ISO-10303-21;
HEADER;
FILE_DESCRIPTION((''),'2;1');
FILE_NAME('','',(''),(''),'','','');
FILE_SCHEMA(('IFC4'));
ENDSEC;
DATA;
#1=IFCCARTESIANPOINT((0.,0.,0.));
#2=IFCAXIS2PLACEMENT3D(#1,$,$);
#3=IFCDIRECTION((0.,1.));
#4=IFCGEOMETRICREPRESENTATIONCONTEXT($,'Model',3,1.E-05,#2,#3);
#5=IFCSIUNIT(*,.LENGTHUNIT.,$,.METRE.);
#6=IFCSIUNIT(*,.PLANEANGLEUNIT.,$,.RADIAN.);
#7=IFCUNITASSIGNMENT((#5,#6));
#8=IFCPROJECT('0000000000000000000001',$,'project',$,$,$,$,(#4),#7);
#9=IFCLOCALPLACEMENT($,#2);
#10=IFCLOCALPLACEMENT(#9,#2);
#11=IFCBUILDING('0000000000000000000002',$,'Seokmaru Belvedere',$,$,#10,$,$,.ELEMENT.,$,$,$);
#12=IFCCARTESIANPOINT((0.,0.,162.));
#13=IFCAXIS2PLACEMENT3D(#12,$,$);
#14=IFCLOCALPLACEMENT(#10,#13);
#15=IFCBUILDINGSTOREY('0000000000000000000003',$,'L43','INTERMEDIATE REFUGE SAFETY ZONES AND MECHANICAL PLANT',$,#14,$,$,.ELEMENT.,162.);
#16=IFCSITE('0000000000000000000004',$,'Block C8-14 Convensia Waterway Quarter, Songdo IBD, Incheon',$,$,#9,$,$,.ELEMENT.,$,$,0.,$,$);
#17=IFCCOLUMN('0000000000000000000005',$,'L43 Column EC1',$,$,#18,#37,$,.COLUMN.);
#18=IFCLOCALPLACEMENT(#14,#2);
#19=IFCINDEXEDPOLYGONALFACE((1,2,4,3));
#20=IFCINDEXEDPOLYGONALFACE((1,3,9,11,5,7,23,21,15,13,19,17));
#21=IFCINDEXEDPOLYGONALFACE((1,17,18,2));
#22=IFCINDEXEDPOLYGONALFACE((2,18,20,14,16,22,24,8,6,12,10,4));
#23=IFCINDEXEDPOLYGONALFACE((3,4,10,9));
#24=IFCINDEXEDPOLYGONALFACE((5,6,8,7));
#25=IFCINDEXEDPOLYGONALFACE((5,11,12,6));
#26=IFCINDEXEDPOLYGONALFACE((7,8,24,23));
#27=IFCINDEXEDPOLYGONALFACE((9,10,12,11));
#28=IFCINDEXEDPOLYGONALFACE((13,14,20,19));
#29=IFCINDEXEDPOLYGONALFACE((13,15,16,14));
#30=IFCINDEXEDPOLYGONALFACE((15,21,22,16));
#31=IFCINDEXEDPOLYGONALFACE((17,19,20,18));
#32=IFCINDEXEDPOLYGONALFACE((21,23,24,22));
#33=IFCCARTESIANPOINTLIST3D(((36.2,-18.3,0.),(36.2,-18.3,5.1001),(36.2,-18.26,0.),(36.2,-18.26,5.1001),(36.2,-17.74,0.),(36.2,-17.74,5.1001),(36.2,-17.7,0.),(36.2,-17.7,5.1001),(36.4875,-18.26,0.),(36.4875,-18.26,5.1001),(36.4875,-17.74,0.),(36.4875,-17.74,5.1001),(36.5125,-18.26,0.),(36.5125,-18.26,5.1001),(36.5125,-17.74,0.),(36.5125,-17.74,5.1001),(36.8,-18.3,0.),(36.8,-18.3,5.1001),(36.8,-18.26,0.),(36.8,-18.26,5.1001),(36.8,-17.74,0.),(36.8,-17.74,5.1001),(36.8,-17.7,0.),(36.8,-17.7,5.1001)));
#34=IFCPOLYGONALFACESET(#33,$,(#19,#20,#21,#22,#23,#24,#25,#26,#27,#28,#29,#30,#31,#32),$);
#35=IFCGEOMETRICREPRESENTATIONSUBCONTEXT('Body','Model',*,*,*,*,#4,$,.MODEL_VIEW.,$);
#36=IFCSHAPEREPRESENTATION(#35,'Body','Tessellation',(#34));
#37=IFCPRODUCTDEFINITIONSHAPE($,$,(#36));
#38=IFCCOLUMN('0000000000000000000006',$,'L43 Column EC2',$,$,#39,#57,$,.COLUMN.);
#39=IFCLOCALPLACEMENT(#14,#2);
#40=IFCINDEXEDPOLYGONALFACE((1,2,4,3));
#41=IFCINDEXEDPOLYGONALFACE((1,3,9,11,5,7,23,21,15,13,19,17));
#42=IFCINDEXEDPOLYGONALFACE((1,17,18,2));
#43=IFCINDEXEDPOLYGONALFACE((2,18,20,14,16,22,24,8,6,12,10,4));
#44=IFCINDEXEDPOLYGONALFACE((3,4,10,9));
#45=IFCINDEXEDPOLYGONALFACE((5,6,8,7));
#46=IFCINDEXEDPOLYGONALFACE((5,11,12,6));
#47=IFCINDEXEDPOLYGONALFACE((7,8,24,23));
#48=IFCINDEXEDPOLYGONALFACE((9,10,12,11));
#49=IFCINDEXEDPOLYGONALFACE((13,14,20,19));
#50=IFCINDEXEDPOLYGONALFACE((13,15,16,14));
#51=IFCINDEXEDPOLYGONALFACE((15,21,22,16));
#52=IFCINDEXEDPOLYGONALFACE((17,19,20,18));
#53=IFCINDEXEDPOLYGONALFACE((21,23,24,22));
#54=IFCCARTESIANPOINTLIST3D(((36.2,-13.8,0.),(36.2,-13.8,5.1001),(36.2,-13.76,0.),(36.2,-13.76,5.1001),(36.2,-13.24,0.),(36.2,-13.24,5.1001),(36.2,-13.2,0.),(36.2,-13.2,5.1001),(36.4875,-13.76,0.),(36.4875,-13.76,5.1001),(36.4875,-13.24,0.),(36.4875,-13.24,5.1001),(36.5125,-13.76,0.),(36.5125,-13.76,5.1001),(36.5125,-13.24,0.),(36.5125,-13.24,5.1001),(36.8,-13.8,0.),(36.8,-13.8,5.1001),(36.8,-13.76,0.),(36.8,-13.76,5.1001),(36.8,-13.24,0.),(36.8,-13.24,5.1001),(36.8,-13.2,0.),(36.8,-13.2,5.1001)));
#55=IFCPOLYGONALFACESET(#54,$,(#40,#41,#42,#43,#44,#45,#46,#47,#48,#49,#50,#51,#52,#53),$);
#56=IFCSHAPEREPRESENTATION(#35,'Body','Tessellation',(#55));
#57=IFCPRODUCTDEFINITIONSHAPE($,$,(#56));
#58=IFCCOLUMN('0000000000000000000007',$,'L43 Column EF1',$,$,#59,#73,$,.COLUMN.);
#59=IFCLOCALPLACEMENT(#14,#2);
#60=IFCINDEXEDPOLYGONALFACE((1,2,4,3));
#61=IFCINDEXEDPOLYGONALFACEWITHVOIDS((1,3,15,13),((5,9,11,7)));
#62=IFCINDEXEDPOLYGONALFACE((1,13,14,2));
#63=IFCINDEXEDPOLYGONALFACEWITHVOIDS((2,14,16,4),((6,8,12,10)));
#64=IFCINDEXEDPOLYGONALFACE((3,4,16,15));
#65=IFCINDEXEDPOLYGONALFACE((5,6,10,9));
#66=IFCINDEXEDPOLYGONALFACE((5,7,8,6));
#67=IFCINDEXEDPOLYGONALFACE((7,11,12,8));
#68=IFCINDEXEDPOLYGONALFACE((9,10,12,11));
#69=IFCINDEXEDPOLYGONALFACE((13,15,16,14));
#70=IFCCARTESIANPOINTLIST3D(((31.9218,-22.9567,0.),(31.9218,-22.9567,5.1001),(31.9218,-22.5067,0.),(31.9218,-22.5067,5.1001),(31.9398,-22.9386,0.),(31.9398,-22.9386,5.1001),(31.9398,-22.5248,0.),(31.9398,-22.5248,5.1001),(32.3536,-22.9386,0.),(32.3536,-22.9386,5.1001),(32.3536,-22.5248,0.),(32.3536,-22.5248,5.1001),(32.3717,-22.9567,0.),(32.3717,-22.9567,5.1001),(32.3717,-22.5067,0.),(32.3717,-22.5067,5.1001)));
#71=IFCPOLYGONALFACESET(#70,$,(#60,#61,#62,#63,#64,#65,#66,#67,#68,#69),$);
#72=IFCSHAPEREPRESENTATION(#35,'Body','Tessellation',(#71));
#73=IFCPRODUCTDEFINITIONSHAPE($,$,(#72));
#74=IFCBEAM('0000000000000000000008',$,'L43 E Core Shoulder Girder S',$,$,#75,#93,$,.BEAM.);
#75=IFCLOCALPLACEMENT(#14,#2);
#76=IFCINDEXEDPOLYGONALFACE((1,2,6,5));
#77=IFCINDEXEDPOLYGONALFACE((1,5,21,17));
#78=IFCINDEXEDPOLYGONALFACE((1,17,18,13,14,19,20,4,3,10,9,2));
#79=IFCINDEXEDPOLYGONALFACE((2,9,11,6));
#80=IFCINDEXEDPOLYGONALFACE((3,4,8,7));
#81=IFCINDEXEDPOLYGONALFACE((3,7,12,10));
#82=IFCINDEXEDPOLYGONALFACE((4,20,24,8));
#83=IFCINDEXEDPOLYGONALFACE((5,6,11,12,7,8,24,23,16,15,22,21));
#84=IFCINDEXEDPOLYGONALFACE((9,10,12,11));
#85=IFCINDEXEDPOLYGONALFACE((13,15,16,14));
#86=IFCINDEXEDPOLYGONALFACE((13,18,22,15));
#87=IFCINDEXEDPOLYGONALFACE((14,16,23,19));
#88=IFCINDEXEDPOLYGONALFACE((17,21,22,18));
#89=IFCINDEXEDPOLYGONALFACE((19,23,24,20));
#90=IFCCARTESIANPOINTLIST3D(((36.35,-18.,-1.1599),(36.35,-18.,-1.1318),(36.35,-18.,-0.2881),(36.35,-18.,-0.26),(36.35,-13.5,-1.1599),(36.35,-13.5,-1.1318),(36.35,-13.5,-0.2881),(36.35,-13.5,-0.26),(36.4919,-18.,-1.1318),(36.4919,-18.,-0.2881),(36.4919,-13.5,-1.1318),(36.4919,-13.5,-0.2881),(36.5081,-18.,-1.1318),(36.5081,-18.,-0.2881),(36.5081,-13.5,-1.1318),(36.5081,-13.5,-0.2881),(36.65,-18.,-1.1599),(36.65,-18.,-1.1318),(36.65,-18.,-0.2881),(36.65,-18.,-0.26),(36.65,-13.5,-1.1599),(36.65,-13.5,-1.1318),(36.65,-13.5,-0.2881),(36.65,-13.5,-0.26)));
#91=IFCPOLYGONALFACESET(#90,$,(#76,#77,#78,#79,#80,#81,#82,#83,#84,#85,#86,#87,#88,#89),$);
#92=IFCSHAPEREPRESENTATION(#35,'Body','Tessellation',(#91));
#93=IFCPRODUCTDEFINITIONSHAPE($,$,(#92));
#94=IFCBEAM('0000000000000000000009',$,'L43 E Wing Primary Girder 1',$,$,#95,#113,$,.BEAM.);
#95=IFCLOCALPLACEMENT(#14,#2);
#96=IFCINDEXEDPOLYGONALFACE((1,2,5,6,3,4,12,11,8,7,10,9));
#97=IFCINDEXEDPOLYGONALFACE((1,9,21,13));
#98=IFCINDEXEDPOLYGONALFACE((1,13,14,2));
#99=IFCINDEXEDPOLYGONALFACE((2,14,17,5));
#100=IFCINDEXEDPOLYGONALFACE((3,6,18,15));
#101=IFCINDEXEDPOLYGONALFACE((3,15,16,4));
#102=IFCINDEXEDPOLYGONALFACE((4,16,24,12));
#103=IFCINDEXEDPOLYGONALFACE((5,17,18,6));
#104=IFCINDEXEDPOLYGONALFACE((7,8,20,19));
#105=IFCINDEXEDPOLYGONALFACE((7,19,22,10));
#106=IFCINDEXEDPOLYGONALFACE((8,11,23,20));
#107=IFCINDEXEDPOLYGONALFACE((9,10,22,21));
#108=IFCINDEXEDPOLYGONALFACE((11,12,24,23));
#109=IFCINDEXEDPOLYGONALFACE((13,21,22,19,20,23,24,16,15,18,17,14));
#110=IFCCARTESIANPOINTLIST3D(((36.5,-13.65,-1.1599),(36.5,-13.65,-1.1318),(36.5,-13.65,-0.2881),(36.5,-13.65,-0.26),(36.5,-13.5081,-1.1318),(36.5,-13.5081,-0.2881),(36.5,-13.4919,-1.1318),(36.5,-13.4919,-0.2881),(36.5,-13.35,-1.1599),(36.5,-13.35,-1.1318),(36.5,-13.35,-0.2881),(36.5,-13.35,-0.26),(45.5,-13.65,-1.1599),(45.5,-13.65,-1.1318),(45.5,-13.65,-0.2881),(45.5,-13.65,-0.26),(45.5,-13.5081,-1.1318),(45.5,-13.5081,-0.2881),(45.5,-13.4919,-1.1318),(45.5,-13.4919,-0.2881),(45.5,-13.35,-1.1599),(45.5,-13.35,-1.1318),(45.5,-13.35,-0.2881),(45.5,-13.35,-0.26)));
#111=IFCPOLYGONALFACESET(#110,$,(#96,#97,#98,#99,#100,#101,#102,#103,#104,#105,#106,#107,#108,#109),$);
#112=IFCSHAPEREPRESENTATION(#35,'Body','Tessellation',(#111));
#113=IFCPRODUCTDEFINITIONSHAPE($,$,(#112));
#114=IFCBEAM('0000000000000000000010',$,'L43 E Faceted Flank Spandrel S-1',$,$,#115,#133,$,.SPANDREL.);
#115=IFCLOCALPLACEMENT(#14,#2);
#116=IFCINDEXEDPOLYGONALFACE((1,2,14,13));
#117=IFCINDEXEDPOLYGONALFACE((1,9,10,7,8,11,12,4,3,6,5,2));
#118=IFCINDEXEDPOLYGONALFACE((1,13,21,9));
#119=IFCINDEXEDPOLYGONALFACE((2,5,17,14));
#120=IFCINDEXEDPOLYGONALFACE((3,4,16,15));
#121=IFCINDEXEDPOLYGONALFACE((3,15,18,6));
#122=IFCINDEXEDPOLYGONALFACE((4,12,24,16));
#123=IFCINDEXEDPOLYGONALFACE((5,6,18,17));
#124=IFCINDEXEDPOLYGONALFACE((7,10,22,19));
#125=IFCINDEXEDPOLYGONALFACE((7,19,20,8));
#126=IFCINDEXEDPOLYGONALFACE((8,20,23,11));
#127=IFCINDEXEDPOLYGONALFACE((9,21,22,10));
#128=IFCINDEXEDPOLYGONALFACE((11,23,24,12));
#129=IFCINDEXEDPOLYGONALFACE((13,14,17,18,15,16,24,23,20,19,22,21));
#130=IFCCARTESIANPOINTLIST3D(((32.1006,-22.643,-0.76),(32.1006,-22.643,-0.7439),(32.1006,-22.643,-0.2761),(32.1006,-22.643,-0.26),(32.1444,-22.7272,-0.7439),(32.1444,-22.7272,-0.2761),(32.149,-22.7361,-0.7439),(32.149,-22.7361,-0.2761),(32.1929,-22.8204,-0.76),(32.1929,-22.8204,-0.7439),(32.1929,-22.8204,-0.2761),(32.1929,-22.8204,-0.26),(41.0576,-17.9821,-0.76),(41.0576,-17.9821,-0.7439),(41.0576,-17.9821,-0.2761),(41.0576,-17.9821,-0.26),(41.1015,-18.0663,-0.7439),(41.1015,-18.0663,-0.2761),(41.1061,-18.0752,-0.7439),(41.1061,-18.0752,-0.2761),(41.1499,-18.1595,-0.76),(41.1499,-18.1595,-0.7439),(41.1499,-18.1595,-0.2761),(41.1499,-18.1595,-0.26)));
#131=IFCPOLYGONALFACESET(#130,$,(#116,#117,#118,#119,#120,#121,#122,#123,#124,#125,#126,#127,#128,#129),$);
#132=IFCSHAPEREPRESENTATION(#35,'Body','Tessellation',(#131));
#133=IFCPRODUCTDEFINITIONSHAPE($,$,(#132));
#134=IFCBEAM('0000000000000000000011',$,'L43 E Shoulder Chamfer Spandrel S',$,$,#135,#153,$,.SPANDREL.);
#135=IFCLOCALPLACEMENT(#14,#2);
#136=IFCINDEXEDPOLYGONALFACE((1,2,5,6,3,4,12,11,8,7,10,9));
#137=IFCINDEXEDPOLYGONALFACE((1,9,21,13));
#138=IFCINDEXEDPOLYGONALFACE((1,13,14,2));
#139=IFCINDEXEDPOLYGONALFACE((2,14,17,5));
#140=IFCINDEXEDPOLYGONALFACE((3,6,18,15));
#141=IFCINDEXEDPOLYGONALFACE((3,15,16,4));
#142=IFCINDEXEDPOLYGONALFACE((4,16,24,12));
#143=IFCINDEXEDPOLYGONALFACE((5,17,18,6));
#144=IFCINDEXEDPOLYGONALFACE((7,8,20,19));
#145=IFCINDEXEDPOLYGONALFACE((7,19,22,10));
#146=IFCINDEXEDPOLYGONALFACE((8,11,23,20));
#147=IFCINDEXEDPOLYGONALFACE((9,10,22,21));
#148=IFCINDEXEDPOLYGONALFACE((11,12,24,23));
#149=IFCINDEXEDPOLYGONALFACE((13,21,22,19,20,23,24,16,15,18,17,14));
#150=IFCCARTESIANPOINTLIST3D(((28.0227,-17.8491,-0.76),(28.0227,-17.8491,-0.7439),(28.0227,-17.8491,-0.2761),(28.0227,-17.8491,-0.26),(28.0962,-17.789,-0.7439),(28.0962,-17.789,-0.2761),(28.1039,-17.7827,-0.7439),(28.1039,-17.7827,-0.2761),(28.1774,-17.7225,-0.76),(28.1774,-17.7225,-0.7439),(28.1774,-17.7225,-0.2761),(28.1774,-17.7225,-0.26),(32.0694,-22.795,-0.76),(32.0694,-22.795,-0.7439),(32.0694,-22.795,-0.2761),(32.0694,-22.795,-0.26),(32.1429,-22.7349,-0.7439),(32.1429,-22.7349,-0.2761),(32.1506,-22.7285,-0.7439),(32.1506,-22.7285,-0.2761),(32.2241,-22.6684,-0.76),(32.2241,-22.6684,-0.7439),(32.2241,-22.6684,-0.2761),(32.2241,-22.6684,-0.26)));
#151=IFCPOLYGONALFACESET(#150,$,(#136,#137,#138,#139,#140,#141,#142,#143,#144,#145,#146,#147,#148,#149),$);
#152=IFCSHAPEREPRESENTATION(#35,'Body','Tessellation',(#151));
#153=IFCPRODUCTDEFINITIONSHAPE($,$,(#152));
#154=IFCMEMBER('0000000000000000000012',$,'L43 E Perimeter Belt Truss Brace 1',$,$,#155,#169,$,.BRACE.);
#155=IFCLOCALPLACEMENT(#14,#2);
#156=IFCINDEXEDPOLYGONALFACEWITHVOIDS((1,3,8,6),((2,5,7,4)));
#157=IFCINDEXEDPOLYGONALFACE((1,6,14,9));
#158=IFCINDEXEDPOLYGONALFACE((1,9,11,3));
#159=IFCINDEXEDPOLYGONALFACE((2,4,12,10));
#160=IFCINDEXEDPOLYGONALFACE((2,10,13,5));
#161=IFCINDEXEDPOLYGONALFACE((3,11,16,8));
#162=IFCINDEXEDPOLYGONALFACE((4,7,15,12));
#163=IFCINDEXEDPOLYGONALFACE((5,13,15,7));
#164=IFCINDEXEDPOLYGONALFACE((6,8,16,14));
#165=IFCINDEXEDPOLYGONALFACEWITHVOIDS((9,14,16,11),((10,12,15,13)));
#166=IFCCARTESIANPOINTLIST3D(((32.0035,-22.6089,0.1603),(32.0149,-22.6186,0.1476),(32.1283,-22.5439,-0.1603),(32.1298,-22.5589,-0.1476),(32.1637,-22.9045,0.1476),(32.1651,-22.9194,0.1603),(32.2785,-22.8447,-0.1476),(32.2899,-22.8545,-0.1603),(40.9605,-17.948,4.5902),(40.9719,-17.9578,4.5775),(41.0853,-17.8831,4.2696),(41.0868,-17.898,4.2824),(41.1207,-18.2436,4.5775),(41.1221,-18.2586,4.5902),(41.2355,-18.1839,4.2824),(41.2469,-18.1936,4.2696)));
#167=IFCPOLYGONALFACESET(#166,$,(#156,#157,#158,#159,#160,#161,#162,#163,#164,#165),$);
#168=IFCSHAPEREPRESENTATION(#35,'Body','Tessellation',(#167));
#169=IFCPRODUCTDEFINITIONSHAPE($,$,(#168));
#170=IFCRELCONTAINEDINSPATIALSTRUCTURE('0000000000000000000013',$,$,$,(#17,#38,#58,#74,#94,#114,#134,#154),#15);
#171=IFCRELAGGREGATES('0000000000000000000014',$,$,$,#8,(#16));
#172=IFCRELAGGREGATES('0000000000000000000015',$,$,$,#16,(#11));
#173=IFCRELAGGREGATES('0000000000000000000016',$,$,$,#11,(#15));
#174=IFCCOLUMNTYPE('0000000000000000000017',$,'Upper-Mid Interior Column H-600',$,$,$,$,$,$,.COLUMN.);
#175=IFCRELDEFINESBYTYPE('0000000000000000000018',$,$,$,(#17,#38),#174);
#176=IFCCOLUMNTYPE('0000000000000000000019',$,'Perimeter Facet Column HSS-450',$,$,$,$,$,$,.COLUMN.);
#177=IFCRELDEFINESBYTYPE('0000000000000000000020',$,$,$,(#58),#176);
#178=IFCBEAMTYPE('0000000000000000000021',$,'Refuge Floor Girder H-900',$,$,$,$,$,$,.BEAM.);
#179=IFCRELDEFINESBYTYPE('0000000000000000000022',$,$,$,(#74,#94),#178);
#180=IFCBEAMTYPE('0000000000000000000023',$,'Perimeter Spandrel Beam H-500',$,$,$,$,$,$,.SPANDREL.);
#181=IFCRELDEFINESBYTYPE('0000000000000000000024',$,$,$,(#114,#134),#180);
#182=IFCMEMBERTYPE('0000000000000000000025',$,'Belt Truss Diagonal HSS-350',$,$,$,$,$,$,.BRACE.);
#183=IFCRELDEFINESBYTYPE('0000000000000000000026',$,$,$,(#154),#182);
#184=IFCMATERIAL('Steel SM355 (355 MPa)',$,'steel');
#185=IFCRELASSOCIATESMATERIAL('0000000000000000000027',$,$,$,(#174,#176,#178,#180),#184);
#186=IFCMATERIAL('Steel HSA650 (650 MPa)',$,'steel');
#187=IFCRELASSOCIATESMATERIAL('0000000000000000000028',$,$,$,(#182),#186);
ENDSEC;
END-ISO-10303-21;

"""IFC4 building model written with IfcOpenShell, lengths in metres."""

from ifc_helpers import new_model, si_unit, direction, frame, origin, origin_2d, place, context, subcontext, project, spatial, hollow_rectangle, i_section, extrude, source, transform, mapped, material, material_profile, profile_set, type_object, type_shapes, element, save


model = new_model("IFC4")

# Units and contexts
model_context = context("Model", 3, precision=1e-05, world=origin(), true_north=direction((0.0, 1.0)))
body_context = subcontext(model_context, "Body", "Model", "MODEL_VIEW")
ifc_project = project(units=[si_unit("LENGTHUNIT", "METRE"), si_unit("PLANEANGLEUNIT", "RADIAN")], contexts=[model_context])

# Site, building, storey
site_placement = place(None, origin())
site = spatial("IfcSite", under=ifc_project, at=site_placement, Name="Block C8-14 Convensia Waterway Quarter, Songdo IBD, Incheon", CompositionType="ELEMENT", RefElevation=0.0)
building_placement = place(site_placement, origin())
building = spatial("IfcBuilding", under=site, at=building_placement, Name="Seokmaru Belvedere", CompositionType="ELEMENT")
storey_placement = place(building_placement, frame((0.0, 0.0, 162.0)))
storey = spatial("IfcBuildingStorey", under=building, at=storey_placement, Name="L43", Description="INTERMEDIATE REFUGE SAFETY ZONES AND MECHANICAL PLANT", CompositionType="ELEMENT", Elevation=162.0)

# Columns
ifc_material_1 = material(Name="Steel SM355 (355 MPa)", Category="steel")
ifc_material_profile_1 = material_profile(ifc_material_1, i_section(OverallWidth=0.6001, OverallDepth=0.6001, WebThickness=0.0249, FlangeThickness=0.04, at=origin_2d()), Name="H-600x600x25x40")
ifc_profile_set_1 = profile_set([ifc_material_profile_1], Name="Steel SM355 (355 MPa)")
column_type_1 = type_object("IfcColumnType", Name="Upper-Mid Interior Column H-600", PredefinedType="COLUMN", material=ifc_profile_set_1)
shared_shape_1 = source(origin(), body_context, "Body", "SweptSolid", [
    extrude(i_section(OverallWidth=0.6001, OverallDepth=0.6001, WebThickness=0.0249, FlangeThickness=0.04, at=origin_2d()), origin(), (0.0, 0.0, 1.0), 5.1001),
])
type_shapes(column_type_1, [shared_shape_1])
for number, where, z_axis, x_axis, name in (
    (1, (36.5, -18.0, 0.0), (0.0, 0.0, 1.0), (1.0, 0.0, 0.0), "L43 Column EC1"),
    (2, (36.5, -13.5, 0.0), (0.0, 0.0, 1.0), (1.0, 0.0, 0.0), "L43 Column EC2"),
):
    element("IfcColumn", number, at=place(storey_placement, frame(where, z_axis=z_axis, x_axis=x_axis)), inside=storey, type_object=column_type_1, Name=name, PredefinedType="COLUMN", context=body_context, shape_type="MappedRepresentation", body=[
        mapped(shared_shape_1, transform((0.0, 0.0, 0.0), scale=1.0)),
    ])
ifc_material_profile_2 = material_profile(ifc_material_1, hollow_rectangle(XDim=0.45, YDim=0.45, WallThickness=0.0181, at=origin_2d()), Name="HSS-450x450x18")
ifc_profile_set_2 = profile_set([ifc_material_profile_2], Name="Steel SM355 (355 MPa)")
column_type_2 = type_object("IfcColumnType", Name="Perimeter Facet Column HSS-450", PredefinedType="COLUMN", material=ifc_profile_set_2)
shared_shape_2 = source(origin(), body_context, "Body", "SweptSolid", [
    extrude(hollow_rectangle(XDim=0.45, YDim=0.45, WallThickness=0.0181, at=origin_2d()), origin(), (0.0, 0.0, 1.0), 5.1001),
])
type_shapes(column_type_2, [shared_shape_2])
column_placement = place(storey_placement, frame((32.1467, -22.7317, 0.0), z_axis=(0.0, 0.0, 1.0), x_axis=(1.0, 0.0, 0.0)))
element("IfcColumn", 3, at=column_placement, inside=storey, type_object=column_type_2, Name="L43 Column EF1", PredefinedType="COLUMN", context=body_context, shape_type="MappedRepresentation", body=[
    mapped(shared_shape_2, transform((0.0, 0.0, 0.0), scale=1.0)),
])

# Beams
ifc_material_profile_3 = material_profile(ifc_material_1, i_section(OverallWidth=0.3, OverallDepth=0.8999, WebThickness=0.0161, FlangeThickness=0.0281, at=origin_2d()), Name="H-900x300x16x28")
ifc_profile_set_3 = profile_set([ifc_material_profile_3], Name="Steel SM355 (355 MPa)")
beam_type_1 = type_object("IfcBeamType", Name="Refuge Floor Girder H-900", PredefinedType="BEAM", material=ifc_profile_set_3)
shared_shape_3 = source(origin(), body_context, "Body", "SweptSolid", [
    extrude(i_section(OverallWidth=0.3, OverallDepth=0.8999, WebThickness=0.0161, FlangeThickness=0.0281, at=origin_2d()), origin(), (0.0, 0.0, 1.0), 4.5),
])
beam_1_placement = place(storey_placement, frame((36.5, -18.0, -0.71), z_axis=(0.0, 1.0, 0.0), x_axis=(-1.0, 0.0, 0.0)))
element("IfcBeam", 4, at=beam_1_placement, inside=storey, type_object=beam_type_1, Name="L43 E Core Shoulder Girder S", PredefinedType="BEAM", context=body_context, shape_type="MappedRepresentation", body=[
    mapped(shared_shape_3, transform((0.0, 0.0, 0.0), scale=1.0)),
])
shared_shape_4 = source(origin(), body_context, "Body", "SweptSolid", [
    extrude(i_section(OverallWidth=0.3, OverallDepth=0.8999, WebThickness=0.0161, FlangeThickness=0.0281, at=origin_2d()), origin(), (0.0, 0.0, 1.0), 9.0),
])
type_shapes(beam_type_1, [shared_shape_3, shared_shape_4])
beam_2_placement = place(storey_placement, frame((36.5, -13.5, -0.71), z_axis=(1.0, 0.0, 0.0), x_axis=(0.0, 1.0, 0.0)))
element("IfcBeam", 5, at=beam_2_placement, inside=storey, type_object=beam_type_1, Name="L43 E Wing Primary Girder 1", PredefinedType="BEAM", context=body_context, shape_type="MappedRepresentation", body=[
    mapped(shared_shape_4, transform((0.0, 0.0, 0.0), scale=1.0)),
])
ifc_material_profile_4 = material_profile(ifc_material_1, i_section(OverallWidth=0.2, OverallDepth=0.5, WebThickness=0.01, FlangeThickness=0.0161, at=origin_2d()), Name="H-500x200x10x16")
ifc_profile_set_4 = profile_set([ifc_material_profile_4], Name="Steel SM355 (355 MPa)")
beam_type_2 = type_object("IfcBeamType", Name="Perimeter Spandrel Beam H-500", PredefinedType="SPANDREL", material=ifc_profile_set_4)
shared_shape_5 = source(origin(), body_context, "Body", "SweptSolid", [
    extrude(i_section(OverallWidth=0.2, OverallDepth=0.5, WebThickness=0.01, FlangeThickness=0.0161, at=origin_2d()), origin(), (0.0, 0.0, 1.0), 10.0972),
])
beam_3_placement = place(storey_placement, frame((32.1467, -22.7317, -0.51), z_axis=(0.887086, 0.461605, 0.0), x_axis=(-0.461605, 0.887086, 0.0)))
element("IfcBeam", 6, at=beam_3_placement, inside=storey, type_object=beam_type_2, Name="L43 E Faceted Flank Spandrel S-1", PredefinedType="SPANDREL", context=body_context, shape_type="MappedRepresentation", body=[
    mapped(shared_shape_5, transform((0.0, 0.0, 0.0), scale=1.0)),
])
shared_shape_6 = source(origin(), body_context, "Body", "SweptSolid", [
    extrude(i_section(OverallWidth=0.2, OverallDepth=0.5, WebThickness=0.01, FlangeThickness=0.0161, at=origin_2d()), origin(), (0.0, 0.0, 1.0), 6.3904),
])
type_shapes(beam_type_2, [shared_shape_5, shared_shape_6])
beam_4_placement = place(storey_placement, frame((32.1467, -22.7317, -0.51), z_axis=(-0.633244, 0.773952, 0.0), x_axis=(-0.773952, -0.633244, 0.0)))
element("IfcBeam", 7, at=beam_4_placement, inside=storey, type_object=beam_type_2, Name="L43 E Shoulder Chamfer Spandrel S", PredefinedType="SPANDREL", context=body_context, shape_type="MappedRepresentation", body=[
    mapped(shared_shape_6, transform((0.0, 0.0, 0.0), scale=1.0)),
])

# Member
ifc_material_2 = material(Name="Steel HSA650 (650 MPa)", Category="steel")
ifc_material_profile_5 = material_profile(ifc_material_2, hollow_rectangle(XDim=0.3501, YDim=0.3501, WallThickness=0.0139, at=origin_2d()), Name="HSS-350x350x14")
ifc_profile_set_5 = profile_set([ifc_material_profile_5], Name="Steel HSA650 (650 MPa)")
member_type_1 = type_object("IfcMemberType", Name="Belt Truss Diagonal HSS-350", PredefinedType="BRACE", material=ifc_profile_set_5)
shared_shape_7 = source(origin(), body_context, "Body", "SweptSolid", [
    extrude(hollow_rectangle(XDim=0.3501, YDim=0.3501, WallThickness=0.0139, at=origin_2d()), origin(), (0.0, 0.0, 1.0), 11.0261),
])
type_shapes(member_type_1, [shared_shape_7])
member_1_placement = place(storey_placement, frame((32.1467, -22.7317, 0.0), z_axis=(0.812342, 0.422711, 0.401765), x_axis=(-0.461605, 0.887086, 0.0)))
element("IfcMember", 8, at=member_1_placement, inside=storey, type_object=member_type_1, Name="L43 E Perimeter Belt Truss Brace 1", PredefinedType="BRACE", context=body_context, shape_type="MappedRepresentation", body=[
    mapped(shared_shape_7, transform((0.0, 0.0, 0.0), scale=1.0)),
])

save(model, "model.ifc")
